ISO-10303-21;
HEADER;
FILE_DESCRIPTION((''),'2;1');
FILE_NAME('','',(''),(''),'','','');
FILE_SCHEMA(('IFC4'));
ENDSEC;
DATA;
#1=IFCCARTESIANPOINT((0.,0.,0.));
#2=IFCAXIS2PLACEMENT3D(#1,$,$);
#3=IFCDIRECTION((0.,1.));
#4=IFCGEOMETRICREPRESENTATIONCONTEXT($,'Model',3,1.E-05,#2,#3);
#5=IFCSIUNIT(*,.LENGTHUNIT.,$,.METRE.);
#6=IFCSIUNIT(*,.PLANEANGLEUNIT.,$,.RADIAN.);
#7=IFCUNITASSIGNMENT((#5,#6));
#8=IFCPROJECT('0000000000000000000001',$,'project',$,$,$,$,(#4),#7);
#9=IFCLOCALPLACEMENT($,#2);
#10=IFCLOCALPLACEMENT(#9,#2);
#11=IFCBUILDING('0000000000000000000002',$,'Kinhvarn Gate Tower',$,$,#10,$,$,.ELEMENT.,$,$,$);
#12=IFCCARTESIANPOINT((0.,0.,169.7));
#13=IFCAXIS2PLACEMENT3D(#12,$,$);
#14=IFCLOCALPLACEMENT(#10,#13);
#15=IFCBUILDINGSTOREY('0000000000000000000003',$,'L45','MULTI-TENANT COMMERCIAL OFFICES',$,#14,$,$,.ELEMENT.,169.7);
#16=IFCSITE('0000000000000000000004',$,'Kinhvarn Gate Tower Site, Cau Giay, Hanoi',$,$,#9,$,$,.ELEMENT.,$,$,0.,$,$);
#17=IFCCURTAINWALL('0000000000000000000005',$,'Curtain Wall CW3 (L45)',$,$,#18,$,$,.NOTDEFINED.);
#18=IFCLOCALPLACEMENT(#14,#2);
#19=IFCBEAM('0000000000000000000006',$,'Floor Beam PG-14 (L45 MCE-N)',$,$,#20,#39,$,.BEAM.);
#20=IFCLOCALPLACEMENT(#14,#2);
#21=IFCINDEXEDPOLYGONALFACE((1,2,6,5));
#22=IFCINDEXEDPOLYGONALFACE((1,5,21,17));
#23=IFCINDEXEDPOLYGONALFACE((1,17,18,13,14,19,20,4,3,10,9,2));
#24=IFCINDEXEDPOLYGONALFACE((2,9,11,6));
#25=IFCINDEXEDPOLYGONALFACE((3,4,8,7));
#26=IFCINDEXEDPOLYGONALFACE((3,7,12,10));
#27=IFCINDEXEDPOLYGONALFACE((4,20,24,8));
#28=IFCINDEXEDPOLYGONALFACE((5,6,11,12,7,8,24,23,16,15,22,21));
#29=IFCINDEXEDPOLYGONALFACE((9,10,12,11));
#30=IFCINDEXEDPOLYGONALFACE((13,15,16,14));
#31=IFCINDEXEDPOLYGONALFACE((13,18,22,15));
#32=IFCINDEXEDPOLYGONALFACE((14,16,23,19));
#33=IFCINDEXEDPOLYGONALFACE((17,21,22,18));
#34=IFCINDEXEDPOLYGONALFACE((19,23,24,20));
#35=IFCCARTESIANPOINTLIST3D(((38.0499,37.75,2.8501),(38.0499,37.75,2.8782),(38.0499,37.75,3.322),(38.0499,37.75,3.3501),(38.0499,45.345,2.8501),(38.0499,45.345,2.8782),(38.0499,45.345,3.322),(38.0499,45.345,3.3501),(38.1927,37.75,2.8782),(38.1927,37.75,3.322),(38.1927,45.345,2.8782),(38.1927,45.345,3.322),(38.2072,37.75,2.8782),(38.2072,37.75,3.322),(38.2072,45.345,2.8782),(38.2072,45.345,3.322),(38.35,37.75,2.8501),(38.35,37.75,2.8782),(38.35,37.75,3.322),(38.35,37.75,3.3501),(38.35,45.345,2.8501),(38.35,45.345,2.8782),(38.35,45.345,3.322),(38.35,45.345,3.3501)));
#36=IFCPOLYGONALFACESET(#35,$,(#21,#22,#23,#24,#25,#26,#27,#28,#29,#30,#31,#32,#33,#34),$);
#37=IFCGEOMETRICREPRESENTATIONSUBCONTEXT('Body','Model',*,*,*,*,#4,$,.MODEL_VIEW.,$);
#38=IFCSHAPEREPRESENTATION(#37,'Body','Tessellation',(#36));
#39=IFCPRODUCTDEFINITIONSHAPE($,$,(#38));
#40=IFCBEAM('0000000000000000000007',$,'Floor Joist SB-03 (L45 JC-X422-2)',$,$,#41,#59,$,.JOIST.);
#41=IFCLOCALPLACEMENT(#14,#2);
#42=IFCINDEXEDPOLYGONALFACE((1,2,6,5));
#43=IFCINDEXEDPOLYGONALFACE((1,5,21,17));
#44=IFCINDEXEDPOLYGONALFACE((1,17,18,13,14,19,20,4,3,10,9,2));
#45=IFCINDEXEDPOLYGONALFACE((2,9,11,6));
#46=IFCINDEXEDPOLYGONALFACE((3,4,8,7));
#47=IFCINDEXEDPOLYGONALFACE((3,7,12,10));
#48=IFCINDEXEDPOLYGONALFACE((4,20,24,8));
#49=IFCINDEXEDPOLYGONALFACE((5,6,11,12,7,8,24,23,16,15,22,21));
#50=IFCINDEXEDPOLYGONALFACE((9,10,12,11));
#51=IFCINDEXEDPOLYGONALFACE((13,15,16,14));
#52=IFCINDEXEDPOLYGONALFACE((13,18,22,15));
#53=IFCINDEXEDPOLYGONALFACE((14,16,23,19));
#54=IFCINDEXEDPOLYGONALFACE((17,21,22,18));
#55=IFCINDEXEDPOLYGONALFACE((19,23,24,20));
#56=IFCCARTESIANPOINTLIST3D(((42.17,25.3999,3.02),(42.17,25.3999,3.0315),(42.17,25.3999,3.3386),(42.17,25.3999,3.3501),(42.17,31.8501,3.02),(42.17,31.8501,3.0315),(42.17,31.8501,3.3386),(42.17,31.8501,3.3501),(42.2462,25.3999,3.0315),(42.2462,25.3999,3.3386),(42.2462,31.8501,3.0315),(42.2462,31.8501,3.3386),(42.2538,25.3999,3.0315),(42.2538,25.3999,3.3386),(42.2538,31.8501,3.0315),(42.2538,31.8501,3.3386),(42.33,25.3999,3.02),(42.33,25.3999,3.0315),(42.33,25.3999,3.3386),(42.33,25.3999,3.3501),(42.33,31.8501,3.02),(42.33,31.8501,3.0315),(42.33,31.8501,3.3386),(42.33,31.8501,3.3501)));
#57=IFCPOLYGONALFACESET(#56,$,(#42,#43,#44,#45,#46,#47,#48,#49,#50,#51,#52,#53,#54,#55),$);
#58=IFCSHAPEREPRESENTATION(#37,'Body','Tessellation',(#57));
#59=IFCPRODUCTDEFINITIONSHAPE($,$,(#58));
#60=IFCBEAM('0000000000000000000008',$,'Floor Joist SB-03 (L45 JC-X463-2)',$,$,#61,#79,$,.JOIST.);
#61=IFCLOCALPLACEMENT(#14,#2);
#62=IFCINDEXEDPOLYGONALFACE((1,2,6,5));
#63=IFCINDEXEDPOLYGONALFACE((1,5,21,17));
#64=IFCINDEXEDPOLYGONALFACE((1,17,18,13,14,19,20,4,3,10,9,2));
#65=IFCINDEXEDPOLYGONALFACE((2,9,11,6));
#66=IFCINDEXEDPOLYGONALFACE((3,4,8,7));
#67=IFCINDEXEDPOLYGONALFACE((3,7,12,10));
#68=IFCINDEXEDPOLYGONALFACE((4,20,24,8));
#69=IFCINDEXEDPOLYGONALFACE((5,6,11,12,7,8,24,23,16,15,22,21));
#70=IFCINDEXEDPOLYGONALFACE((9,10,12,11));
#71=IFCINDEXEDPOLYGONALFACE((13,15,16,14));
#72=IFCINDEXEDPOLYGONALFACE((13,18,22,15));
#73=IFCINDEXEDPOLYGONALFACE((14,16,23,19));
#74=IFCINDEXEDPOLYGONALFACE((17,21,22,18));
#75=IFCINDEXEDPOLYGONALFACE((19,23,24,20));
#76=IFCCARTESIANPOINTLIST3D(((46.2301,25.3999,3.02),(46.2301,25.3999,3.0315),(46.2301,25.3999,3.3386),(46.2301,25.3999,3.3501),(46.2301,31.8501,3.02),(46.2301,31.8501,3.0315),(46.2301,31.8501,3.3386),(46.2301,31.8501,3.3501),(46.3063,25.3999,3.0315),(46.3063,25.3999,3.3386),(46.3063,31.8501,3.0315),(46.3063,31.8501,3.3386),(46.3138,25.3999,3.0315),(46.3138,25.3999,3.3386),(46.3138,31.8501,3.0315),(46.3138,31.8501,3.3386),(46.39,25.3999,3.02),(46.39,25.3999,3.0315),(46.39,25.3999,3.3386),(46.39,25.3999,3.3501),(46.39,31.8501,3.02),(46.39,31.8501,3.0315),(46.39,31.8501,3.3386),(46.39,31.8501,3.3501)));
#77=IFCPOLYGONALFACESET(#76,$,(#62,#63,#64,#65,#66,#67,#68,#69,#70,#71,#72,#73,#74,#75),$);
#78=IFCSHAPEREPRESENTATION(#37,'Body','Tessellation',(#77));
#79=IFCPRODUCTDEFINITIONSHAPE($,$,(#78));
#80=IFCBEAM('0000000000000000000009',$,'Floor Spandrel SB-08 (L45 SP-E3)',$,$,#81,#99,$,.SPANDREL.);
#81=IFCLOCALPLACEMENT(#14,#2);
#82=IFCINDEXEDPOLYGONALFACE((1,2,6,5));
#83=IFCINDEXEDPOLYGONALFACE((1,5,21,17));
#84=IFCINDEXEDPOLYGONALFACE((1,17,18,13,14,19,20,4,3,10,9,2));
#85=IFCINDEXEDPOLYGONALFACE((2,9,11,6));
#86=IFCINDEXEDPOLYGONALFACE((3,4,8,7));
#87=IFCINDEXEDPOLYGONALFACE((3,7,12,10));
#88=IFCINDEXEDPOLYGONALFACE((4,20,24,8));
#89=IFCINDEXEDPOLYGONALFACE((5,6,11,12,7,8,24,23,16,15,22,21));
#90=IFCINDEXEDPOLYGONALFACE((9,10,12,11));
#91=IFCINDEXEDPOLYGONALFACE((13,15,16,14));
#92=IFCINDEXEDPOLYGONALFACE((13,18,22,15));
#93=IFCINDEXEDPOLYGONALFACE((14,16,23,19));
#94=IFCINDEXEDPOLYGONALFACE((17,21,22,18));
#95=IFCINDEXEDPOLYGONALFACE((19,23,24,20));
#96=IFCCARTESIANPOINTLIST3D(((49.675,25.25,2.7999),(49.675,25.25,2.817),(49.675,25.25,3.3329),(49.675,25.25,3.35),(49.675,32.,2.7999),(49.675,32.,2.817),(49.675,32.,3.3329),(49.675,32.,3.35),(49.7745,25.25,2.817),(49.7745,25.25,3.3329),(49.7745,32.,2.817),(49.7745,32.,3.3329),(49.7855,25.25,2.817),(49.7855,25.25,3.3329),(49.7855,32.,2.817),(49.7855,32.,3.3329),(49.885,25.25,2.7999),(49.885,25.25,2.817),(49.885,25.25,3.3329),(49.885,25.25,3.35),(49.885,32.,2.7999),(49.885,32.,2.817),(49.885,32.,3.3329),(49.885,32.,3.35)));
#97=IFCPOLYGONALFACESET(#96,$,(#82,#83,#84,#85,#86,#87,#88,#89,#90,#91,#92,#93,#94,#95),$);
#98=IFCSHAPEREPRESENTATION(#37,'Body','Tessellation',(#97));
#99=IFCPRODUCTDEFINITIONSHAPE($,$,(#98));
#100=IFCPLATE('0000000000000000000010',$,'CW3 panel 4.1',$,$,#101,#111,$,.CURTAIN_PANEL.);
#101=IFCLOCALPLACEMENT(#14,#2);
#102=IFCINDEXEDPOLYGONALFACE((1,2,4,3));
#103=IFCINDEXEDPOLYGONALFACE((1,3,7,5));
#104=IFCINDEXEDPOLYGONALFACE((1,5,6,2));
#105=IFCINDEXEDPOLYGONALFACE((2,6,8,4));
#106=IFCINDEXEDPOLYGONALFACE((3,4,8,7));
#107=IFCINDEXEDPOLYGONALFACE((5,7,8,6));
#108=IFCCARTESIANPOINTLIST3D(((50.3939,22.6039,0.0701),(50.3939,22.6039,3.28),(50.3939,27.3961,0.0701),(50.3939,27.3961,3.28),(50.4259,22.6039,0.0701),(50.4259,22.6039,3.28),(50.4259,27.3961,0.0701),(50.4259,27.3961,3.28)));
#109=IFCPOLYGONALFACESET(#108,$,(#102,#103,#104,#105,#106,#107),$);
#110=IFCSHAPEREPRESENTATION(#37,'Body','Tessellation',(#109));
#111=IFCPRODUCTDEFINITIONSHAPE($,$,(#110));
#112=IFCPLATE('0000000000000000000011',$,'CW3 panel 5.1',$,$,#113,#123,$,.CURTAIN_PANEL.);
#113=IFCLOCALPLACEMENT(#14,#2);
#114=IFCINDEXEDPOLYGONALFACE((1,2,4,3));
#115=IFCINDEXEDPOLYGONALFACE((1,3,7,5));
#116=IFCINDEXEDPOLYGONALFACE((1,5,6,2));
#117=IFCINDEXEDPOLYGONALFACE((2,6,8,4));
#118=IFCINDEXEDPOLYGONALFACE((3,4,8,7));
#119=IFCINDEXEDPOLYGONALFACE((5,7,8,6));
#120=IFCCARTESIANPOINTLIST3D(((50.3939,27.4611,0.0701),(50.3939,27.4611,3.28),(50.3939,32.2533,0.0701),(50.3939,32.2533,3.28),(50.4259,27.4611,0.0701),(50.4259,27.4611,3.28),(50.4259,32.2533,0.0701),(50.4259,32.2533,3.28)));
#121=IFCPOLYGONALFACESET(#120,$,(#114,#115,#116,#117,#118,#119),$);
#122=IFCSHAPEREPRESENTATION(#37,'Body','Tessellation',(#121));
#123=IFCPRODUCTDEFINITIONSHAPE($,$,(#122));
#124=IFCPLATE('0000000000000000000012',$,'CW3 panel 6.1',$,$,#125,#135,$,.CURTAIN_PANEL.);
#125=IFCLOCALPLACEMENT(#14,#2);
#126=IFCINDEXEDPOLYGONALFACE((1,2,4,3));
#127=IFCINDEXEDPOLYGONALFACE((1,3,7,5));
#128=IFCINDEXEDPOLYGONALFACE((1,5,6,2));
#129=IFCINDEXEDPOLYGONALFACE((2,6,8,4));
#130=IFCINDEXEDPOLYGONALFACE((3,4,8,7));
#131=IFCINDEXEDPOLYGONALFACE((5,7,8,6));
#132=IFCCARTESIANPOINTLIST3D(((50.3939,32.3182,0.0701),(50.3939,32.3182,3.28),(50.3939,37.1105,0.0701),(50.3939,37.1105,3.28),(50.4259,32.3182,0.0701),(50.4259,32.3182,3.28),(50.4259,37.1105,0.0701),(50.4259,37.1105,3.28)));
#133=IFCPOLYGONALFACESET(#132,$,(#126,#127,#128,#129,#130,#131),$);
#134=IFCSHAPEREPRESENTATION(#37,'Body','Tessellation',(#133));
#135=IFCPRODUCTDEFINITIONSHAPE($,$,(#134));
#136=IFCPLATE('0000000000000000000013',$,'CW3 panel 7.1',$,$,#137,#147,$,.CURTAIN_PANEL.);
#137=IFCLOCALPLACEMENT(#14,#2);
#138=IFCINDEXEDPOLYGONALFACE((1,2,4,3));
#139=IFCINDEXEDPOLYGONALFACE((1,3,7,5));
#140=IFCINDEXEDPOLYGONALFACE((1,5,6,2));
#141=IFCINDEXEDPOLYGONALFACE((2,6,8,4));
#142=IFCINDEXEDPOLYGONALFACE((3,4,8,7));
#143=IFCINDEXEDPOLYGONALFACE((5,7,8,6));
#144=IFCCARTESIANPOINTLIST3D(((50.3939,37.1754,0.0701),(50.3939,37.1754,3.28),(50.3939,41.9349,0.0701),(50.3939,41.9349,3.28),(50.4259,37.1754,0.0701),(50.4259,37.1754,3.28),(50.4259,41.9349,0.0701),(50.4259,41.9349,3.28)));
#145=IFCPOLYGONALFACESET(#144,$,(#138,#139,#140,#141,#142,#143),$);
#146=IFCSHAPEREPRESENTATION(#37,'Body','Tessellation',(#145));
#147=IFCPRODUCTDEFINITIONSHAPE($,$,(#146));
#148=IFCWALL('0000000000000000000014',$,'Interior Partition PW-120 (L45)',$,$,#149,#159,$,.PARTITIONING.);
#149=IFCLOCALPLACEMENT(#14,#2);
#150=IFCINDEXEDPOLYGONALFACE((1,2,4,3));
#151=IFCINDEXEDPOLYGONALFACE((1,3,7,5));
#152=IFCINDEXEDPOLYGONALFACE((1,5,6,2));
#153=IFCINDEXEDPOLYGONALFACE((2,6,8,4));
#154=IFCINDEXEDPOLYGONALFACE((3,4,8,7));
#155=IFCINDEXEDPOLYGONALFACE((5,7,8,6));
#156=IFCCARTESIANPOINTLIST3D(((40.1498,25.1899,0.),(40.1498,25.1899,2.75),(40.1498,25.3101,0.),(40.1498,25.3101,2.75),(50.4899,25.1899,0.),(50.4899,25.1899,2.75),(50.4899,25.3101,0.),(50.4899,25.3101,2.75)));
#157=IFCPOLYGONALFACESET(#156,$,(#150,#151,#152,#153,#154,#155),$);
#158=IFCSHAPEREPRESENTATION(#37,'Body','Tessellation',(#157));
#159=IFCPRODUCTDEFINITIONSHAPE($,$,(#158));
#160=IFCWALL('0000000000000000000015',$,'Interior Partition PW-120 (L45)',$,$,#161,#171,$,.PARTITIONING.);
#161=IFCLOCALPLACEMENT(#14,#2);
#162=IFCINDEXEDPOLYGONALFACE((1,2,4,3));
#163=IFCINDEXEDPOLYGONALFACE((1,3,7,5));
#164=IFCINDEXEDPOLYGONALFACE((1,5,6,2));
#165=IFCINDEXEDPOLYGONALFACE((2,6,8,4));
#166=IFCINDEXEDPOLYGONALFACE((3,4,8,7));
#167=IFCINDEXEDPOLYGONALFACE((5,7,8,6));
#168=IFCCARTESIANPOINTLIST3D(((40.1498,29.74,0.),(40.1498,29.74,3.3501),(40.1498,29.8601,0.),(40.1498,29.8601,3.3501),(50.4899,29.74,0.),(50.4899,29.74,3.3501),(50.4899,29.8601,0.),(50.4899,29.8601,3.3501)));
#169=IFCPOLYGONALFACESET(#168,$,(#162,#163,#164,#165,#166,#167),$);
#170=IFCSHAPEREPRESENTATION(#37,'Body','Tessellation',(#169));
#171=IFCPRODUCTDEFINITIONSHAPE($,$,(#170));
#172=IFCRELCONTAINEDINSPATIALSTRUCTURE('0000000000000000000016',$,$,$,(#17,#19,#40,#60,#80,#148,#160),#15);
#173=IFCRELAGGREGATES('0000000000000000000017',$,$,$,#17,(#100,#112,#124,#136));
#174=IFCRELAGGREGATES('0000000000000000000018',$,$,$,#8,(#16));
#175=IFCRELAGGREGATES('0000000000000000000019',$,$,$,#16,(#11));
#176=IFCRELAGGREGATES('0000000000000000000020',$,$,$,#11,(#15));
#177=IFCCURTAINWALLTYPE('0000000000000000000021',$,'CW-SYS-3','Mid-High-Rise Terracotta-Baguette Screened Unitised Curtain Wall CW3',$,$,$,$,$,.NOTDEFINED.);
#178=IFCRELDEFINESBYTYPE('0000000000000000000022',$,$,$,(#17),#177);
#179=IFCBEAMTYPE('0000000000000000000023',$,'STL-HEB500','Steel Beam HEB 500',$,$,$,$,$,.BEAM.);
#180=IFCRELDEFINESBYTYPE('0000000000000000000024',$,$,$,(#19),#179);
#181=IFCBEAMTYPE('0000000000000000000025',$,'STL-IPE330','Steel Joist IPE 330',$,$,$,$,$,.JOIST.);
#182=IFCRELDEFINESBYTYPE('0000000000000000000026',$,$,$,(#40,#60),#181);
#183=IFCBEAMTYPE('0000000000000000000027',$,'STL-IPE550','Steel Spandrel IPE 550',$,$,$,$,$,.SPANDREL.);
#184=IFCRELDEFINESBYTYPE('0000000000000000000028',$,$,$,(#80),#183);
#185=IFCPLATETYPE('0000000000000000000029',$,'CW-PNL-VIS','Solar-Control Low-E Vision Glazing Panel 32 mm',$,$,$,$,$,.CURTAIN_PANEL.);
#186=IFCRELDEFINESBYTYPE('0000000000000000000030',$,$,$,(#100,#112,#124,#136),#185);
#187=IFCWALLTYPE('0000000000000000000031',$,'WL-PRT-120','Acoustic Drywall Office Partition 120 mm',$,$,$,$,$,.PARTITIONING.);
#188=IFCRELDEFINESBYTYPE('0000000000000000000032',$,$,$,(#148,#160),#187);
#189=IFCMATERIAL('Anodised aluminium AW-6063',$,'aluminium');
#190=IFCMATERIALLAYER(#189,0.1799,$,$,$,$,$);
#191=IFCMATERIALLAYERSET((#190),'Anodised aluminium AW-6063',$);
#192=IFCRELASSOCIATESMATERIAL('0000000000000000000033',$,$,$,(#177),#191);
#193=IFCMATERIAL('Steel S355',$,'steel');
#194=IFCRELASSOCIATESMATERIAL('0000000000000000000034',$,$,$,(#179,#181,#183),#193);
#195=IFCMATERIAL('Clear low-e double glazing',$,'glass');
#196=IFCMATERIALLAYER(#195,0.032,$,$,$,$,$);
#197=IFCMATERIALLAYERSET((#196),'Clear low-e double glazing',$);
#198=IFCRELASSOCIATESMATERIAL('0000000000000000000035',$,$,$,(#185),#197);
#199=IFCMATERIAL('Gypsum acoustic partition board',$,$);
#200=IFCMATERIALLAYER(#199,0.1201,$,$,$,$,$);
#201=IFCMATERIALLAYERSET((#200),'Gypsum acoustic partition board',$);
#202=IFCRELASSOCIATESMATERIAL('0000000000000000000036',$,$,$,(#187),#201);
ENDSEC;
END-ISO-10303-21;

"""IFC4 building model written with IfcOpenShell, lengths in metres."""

from ifc_helpers import new_model, si_unit, direction, frame, frame_2d, origin, origin_2d, place, context, subcontext, project, spatial, rectangle, i_section, extrude, material, layer, layer_set, material_profile, profile_set, type_object, element, aggregate, save


model = new_model("IFC4")

# Units and contexts
model_context = context("Model", 3, precision=1e-05, world=origin(), true_north=direction((0.0, 1.0)))
body_context = subcontext(model_context, "Body", "Model", "MODEL_VIEW")
ifc_project = project(units=[si_unit("LENGTHUNIT", "METRE"), si_unit("PLANEANGLEUNIT", "RADIAN")], contexts=[model_context])

# Site, building, storey
site_placement = place(None, origin())
site = spatial("IfcSite", under=ifc_project, at=site_placement, Name="Kinhvarn Gate Tower Site, Cau Giay, Hanoi", CompositionType="ELEMENT", RefElevation=0.0)
building_placement = place(site_placement, origin())
building = spatial("IfcBuilding", under=site, at=building_placement, Name="Kinhvarn Gate Tower", CompositionType="ELEMENT")
storey_placement = place(building_placement, frame((0.0, 0.0, 169.7)))
storey = spatial("IfcBuildingStorey", under=building, at=storey_placement, Name="L45", Description="MULTI-TENANT COMMERCIAL OFFICES", CompositionType="ELEMENT", Elevation=169.7)

# Curtain wall
ifc_material_1 = material(Name="Anodised aluminium AW-6063", Category="aluminium")
ifc_layer_1 = layer(ifc_material_1, 0.1799)
ifc_layer_set_1 = layer_set([ifc_layer_1], Name="Anodised aluminium AW-6063")
curtain_wall_type = type_object("IfcCurtainWallType", Name="CW-SYS-3", Description="Mid-High-Rise Terracotta-Baguette Screened Unitised Curtain Wall CW3", PredefinedType="NOTDEFINED", material=ifc_layer_set_1)
curtain_wall_placement = place(storey_placement, origin())
curtain_wall = element("IfcCurtainWall", 1, at=curtain_wall_placement, inside=storey, type_object=curtain_wall_type, Name="Curtain Wall CW3 (L45)", PredefinedType="NOTDEFINED")

# Beams
ifc_material_2 = material(Name="Steel S355", Category="steel")
ifc_material_profile_1 = material_profile(ifc_material_2, i_section(OverallWidth=0.3, OverallDepth=0.5, WebThickness=0.0144, FlangeThickness=0.0281, at=origin_2d()), Name="HEB 500")
ifc_profile_set_1 = profile_set([ifc_material_profile_1], Name="Steel S355")
beam_type_1 = type_object("IfcBeamType", Name="STL-HEB500", Description="Steel Beam HEB 500", PredefinedType="BEAM", material=ifc_profile_set_1)
beam_1_placement = place(storey_placement, frame((38.2, 37.75, 3.1001), z_axis=(0.0, 1.0, 0.0), x_axis=(-1.0, 0.0, 0.0)))
element("IfcBeam", 2, at=beam_1_placement, inside=storey, type_object=beam_type_1, Name="Floor Beam PG-14 (L45 MCE-N)", PredefinedType="BEAM", context=body_context, shape_type="SweptSolid", body=[
    extrude(i_section(OverallWidth=0.3, OverallDepth=0.5, WebThickness=0.0144, FlangeThickness=0.0281, at=origin_2d()), origin(), (0.0, 0.0, 1.0), 7.595),
])
ifc_material_profile_2 = material_profile(ifc_material_2, i_section(OverallWidth=0.1599, OverallDepth=0.3301, WebThickness=0.0076, FlangeThickness=0.0115, at=origin_2d()), Name="IPE 330")
ifc_profile_set_2 = profile_set([ifc_material_profile_2], Name="Steel S355")
beam_type_2 = type_object("IfcBeamType", Name="STL-IPE330", Description="Steel Joist IPE 330", PredefinedType="JOIST", material=ifc_profile_set_2)
for number, where, z_axis, x_axis, name in (
    (3, (42.25, 25.3999, 3.1851), (0.0, 1.0, 0.0), (-1.0, 0.0, 0.0), "Floor Joist SB-03 (L45 JC-X422-2)"),
    (4, (46.3101, 25.3999, 3.1851), (0.0, 1.0, 0.0), (-1.0, 0.0, 0.0), "Floor Joist SB-03 (L45 JC-X463-2)"),
):
    element("IfcBeam", number, at=place(storey_placement, frame(where, z_axis=z_axis, x_axis=x_axis)), inside=storey, type_object=beam_type_2, Name=name, PredefinedType="JOIST", context=body_context, shape_type="SweptSolid", body=[
        extrude(i_section(OverallWidth=0.1599, OverallDepth=0.3301, WebThickness=0.0076, FlangeThickness=0.0115, at=origin_2d()), origin(), (0.0, 0.0, 1.0), 6.4502),
    ])
ifc_material_profile_3 = material_profile(ifc_material_2, i_section(OverallWidth=0.21, OverallDepth=0.55, WebThickness=0.011, FlangeThickness=0.0171, at=origin_2d()), Name="IPE 550")
ifc_profile_set_3 = profile_set([ifc_material_profile_3], Name="Steel S355")
beam_type_3 = type_object("IfcBeamType", Name="STL-IPE550", Description="Steel Spandrel IPE 550", PredefinedType="SPANDREL", material=ifc_profile_set_3)
beam_2_placement = place(storey_placement, frame((49.78, 25.25, 3.075), z_axis=(0.0, 1.0, 0.0), x_axis=(-1.0, 0.0, 0.0)))
element("IfcBeam", 5, at=beam_2_placement, inside=storey, type_object=beam_type_3, Name="Floor Spandrel SB-08 (L45 SP-E3)", PredefinedType="SPANDREL", context=body_context, shape_type="SweptSolid", body=[
    extrude(i_section(OverallWidth=0.21, OverallDepth=0.55, WebThickness=0.011, FlangeThickness=0.0171, at=origin_2d()), origin(), (0.0, 0.0, 1.0), 6.75),
])

# Plates
ifc_material_3 = material(Name="Clear low-e double glazing", Category="glass")
ifc_layer_2 = layer(ifc_material_3, 0.032)
ifc_layer_set_2 = layer_set([ifc_layer_2], Name="Clear low-e double glazing")
plate_type = type_object("IfcPlateType", Name="CW-PNL-VIS", Description="Solar-Control Low-E Vision Glazing Panel 32 mm", PredefinedType="CURTAIN_PANEL", material=ifc_layer_set_2)
plate_1_placement = place(storey_placement, frame((50.4099, 25.0, 0.0701), z_axis=(0.0, 0.0, 1.0), x_axis=(0.0, 1.0, 0.0)))
plate_1 = element("IfcPlate", 6, at=plate_1_placement, type_object=plate_type, Name="CW3 panel 4.1", PredefinedType="CURTAIN_PANEL", context=body_context, shape_type="SweptSolid", body=[
    extrude(rectangle(XDim=4.7922, YDim=0.032, at=origin_2d()), origin(), (0.0, 0.0, 1.0), 3.21),
])
plate_2_placement = place(storey_placement, frame((50.4099, 29.8572, 0.0701), z_axis=(0.0, 0.0, 1.0), x_axis=(0.0, 1.0, 0.0)))
plate_2 = element("IfcPlate", 7, at=plate_2_placement, type_object=plate_type, Name="CW3 panel 5.1", PredefinedType="CURTAIN_PANEL", context=body_context, shape_type="SweptSolid", body=[
    extrude(rectangle(XDim=4.7922, YDim=0.032, at=origin_2d()), origin(), (0.0, 0.0, 1.0), 3.21),
])
plate_3_placement = place(storey_placement, frame((50.4099, 34.7144, 0.0701), z_axis=(0.0, 0.0, 1.0), x_axis=(0.0, 1.0, 0.0)))
plate_3 = element("IfcPlate", 8, at=plate_3_placement, type_object=plate_type, Name="CW3 panel 6.1", PredefinedType="CURTAIN_PANEL", context=body_context, shape_type="SweptSolid", body=[
    extrude(rectangle(XDim=4.7922, YDim=0.032, at=origin_2d()), origin(), (0.0, 0.0, 1.0), 3.21),
])
plate_4_placement = place(storey_placement, frame((50.4099, 39.5552, 0.0701), z_axis=(0.0, 0.0, 1.0), x_axis=(0.0, 1.0, 0.0)))
plate_4 = element("IfcPlate", 9, at=plate_4_placement, type_object=plate_type, Name="CW3 panel 7.1", PredefinedType="CURTAIN_PANEL", context=body_context, shape_type="SweptSolid", body=[
    extrude(rectangle(XDim=4.7595, YDim=0.032, at=origin_2d()), origin(), (0.0, 0.0, 1.0), 3.21),
])
aggregate(curtain_wall, [plate_1, plate_2, plate_3, plate_4])

# Walls
ifc_material_4 = material(Name="Gypsum acoustic partition board")
ifc_layer_3 = layer(ifc_material_4, 0.1201)
ifc_layer_set_3 = layer_set([ifc_layer_3], Name="Gypsum acoustic partition board")
wall_type_1 = type_object("IfcWallType", Name="WL-PRT-120", Description="Acoustic Drywall Office Partition 120 mm", PredefinedType="PARTITIONING", material=ifc_layer_set_3)
wall_1_placement = place(storey_placement, frame((40.1499, 25.25, 0.0), z_axis=(0.0, 0.0, 1.0), x_axis=(1.0, 0.0, 0.0)))
element("IfcWall", 10, at=wall_1_placement, inside=storey, type_object=wall_type_1, Name="Interior Partition PW-120 (L45)", PredefinedType="PARTITIONING", context=body_context, shape_type="SweptSolid", body=[
    extrude(rectangle(XDim=10.3401, YDim=0.1201, at=frame_2d((5.1699, 0.0))), origin(), (0.0, 0.0, 1.0), 2.75),
])
wall_2_placement = place(storey_placement, frame((40.1499, 29.8, 0.0), z_axis=(0.0, 0.0, 1.0), x_axis=(1.0, 0.0, 0.0)))
element("IfcWall", 11, at=wall_2_placement, inside=storey, type_object=wall_type_1, Name="Interior Partition PW-120 (L45)", PredefinedType="PARTITIONING", context=body_context, shape_type="SweptSolid", body=[
    extrude(rectangle(XDim=10.3401, YDim=0.1201, at=frame_2d((5.1699, 0.0))), origin(), (0.0, 0.0, 1.0), 3.3501),
])

save(model, "model.ifc")
